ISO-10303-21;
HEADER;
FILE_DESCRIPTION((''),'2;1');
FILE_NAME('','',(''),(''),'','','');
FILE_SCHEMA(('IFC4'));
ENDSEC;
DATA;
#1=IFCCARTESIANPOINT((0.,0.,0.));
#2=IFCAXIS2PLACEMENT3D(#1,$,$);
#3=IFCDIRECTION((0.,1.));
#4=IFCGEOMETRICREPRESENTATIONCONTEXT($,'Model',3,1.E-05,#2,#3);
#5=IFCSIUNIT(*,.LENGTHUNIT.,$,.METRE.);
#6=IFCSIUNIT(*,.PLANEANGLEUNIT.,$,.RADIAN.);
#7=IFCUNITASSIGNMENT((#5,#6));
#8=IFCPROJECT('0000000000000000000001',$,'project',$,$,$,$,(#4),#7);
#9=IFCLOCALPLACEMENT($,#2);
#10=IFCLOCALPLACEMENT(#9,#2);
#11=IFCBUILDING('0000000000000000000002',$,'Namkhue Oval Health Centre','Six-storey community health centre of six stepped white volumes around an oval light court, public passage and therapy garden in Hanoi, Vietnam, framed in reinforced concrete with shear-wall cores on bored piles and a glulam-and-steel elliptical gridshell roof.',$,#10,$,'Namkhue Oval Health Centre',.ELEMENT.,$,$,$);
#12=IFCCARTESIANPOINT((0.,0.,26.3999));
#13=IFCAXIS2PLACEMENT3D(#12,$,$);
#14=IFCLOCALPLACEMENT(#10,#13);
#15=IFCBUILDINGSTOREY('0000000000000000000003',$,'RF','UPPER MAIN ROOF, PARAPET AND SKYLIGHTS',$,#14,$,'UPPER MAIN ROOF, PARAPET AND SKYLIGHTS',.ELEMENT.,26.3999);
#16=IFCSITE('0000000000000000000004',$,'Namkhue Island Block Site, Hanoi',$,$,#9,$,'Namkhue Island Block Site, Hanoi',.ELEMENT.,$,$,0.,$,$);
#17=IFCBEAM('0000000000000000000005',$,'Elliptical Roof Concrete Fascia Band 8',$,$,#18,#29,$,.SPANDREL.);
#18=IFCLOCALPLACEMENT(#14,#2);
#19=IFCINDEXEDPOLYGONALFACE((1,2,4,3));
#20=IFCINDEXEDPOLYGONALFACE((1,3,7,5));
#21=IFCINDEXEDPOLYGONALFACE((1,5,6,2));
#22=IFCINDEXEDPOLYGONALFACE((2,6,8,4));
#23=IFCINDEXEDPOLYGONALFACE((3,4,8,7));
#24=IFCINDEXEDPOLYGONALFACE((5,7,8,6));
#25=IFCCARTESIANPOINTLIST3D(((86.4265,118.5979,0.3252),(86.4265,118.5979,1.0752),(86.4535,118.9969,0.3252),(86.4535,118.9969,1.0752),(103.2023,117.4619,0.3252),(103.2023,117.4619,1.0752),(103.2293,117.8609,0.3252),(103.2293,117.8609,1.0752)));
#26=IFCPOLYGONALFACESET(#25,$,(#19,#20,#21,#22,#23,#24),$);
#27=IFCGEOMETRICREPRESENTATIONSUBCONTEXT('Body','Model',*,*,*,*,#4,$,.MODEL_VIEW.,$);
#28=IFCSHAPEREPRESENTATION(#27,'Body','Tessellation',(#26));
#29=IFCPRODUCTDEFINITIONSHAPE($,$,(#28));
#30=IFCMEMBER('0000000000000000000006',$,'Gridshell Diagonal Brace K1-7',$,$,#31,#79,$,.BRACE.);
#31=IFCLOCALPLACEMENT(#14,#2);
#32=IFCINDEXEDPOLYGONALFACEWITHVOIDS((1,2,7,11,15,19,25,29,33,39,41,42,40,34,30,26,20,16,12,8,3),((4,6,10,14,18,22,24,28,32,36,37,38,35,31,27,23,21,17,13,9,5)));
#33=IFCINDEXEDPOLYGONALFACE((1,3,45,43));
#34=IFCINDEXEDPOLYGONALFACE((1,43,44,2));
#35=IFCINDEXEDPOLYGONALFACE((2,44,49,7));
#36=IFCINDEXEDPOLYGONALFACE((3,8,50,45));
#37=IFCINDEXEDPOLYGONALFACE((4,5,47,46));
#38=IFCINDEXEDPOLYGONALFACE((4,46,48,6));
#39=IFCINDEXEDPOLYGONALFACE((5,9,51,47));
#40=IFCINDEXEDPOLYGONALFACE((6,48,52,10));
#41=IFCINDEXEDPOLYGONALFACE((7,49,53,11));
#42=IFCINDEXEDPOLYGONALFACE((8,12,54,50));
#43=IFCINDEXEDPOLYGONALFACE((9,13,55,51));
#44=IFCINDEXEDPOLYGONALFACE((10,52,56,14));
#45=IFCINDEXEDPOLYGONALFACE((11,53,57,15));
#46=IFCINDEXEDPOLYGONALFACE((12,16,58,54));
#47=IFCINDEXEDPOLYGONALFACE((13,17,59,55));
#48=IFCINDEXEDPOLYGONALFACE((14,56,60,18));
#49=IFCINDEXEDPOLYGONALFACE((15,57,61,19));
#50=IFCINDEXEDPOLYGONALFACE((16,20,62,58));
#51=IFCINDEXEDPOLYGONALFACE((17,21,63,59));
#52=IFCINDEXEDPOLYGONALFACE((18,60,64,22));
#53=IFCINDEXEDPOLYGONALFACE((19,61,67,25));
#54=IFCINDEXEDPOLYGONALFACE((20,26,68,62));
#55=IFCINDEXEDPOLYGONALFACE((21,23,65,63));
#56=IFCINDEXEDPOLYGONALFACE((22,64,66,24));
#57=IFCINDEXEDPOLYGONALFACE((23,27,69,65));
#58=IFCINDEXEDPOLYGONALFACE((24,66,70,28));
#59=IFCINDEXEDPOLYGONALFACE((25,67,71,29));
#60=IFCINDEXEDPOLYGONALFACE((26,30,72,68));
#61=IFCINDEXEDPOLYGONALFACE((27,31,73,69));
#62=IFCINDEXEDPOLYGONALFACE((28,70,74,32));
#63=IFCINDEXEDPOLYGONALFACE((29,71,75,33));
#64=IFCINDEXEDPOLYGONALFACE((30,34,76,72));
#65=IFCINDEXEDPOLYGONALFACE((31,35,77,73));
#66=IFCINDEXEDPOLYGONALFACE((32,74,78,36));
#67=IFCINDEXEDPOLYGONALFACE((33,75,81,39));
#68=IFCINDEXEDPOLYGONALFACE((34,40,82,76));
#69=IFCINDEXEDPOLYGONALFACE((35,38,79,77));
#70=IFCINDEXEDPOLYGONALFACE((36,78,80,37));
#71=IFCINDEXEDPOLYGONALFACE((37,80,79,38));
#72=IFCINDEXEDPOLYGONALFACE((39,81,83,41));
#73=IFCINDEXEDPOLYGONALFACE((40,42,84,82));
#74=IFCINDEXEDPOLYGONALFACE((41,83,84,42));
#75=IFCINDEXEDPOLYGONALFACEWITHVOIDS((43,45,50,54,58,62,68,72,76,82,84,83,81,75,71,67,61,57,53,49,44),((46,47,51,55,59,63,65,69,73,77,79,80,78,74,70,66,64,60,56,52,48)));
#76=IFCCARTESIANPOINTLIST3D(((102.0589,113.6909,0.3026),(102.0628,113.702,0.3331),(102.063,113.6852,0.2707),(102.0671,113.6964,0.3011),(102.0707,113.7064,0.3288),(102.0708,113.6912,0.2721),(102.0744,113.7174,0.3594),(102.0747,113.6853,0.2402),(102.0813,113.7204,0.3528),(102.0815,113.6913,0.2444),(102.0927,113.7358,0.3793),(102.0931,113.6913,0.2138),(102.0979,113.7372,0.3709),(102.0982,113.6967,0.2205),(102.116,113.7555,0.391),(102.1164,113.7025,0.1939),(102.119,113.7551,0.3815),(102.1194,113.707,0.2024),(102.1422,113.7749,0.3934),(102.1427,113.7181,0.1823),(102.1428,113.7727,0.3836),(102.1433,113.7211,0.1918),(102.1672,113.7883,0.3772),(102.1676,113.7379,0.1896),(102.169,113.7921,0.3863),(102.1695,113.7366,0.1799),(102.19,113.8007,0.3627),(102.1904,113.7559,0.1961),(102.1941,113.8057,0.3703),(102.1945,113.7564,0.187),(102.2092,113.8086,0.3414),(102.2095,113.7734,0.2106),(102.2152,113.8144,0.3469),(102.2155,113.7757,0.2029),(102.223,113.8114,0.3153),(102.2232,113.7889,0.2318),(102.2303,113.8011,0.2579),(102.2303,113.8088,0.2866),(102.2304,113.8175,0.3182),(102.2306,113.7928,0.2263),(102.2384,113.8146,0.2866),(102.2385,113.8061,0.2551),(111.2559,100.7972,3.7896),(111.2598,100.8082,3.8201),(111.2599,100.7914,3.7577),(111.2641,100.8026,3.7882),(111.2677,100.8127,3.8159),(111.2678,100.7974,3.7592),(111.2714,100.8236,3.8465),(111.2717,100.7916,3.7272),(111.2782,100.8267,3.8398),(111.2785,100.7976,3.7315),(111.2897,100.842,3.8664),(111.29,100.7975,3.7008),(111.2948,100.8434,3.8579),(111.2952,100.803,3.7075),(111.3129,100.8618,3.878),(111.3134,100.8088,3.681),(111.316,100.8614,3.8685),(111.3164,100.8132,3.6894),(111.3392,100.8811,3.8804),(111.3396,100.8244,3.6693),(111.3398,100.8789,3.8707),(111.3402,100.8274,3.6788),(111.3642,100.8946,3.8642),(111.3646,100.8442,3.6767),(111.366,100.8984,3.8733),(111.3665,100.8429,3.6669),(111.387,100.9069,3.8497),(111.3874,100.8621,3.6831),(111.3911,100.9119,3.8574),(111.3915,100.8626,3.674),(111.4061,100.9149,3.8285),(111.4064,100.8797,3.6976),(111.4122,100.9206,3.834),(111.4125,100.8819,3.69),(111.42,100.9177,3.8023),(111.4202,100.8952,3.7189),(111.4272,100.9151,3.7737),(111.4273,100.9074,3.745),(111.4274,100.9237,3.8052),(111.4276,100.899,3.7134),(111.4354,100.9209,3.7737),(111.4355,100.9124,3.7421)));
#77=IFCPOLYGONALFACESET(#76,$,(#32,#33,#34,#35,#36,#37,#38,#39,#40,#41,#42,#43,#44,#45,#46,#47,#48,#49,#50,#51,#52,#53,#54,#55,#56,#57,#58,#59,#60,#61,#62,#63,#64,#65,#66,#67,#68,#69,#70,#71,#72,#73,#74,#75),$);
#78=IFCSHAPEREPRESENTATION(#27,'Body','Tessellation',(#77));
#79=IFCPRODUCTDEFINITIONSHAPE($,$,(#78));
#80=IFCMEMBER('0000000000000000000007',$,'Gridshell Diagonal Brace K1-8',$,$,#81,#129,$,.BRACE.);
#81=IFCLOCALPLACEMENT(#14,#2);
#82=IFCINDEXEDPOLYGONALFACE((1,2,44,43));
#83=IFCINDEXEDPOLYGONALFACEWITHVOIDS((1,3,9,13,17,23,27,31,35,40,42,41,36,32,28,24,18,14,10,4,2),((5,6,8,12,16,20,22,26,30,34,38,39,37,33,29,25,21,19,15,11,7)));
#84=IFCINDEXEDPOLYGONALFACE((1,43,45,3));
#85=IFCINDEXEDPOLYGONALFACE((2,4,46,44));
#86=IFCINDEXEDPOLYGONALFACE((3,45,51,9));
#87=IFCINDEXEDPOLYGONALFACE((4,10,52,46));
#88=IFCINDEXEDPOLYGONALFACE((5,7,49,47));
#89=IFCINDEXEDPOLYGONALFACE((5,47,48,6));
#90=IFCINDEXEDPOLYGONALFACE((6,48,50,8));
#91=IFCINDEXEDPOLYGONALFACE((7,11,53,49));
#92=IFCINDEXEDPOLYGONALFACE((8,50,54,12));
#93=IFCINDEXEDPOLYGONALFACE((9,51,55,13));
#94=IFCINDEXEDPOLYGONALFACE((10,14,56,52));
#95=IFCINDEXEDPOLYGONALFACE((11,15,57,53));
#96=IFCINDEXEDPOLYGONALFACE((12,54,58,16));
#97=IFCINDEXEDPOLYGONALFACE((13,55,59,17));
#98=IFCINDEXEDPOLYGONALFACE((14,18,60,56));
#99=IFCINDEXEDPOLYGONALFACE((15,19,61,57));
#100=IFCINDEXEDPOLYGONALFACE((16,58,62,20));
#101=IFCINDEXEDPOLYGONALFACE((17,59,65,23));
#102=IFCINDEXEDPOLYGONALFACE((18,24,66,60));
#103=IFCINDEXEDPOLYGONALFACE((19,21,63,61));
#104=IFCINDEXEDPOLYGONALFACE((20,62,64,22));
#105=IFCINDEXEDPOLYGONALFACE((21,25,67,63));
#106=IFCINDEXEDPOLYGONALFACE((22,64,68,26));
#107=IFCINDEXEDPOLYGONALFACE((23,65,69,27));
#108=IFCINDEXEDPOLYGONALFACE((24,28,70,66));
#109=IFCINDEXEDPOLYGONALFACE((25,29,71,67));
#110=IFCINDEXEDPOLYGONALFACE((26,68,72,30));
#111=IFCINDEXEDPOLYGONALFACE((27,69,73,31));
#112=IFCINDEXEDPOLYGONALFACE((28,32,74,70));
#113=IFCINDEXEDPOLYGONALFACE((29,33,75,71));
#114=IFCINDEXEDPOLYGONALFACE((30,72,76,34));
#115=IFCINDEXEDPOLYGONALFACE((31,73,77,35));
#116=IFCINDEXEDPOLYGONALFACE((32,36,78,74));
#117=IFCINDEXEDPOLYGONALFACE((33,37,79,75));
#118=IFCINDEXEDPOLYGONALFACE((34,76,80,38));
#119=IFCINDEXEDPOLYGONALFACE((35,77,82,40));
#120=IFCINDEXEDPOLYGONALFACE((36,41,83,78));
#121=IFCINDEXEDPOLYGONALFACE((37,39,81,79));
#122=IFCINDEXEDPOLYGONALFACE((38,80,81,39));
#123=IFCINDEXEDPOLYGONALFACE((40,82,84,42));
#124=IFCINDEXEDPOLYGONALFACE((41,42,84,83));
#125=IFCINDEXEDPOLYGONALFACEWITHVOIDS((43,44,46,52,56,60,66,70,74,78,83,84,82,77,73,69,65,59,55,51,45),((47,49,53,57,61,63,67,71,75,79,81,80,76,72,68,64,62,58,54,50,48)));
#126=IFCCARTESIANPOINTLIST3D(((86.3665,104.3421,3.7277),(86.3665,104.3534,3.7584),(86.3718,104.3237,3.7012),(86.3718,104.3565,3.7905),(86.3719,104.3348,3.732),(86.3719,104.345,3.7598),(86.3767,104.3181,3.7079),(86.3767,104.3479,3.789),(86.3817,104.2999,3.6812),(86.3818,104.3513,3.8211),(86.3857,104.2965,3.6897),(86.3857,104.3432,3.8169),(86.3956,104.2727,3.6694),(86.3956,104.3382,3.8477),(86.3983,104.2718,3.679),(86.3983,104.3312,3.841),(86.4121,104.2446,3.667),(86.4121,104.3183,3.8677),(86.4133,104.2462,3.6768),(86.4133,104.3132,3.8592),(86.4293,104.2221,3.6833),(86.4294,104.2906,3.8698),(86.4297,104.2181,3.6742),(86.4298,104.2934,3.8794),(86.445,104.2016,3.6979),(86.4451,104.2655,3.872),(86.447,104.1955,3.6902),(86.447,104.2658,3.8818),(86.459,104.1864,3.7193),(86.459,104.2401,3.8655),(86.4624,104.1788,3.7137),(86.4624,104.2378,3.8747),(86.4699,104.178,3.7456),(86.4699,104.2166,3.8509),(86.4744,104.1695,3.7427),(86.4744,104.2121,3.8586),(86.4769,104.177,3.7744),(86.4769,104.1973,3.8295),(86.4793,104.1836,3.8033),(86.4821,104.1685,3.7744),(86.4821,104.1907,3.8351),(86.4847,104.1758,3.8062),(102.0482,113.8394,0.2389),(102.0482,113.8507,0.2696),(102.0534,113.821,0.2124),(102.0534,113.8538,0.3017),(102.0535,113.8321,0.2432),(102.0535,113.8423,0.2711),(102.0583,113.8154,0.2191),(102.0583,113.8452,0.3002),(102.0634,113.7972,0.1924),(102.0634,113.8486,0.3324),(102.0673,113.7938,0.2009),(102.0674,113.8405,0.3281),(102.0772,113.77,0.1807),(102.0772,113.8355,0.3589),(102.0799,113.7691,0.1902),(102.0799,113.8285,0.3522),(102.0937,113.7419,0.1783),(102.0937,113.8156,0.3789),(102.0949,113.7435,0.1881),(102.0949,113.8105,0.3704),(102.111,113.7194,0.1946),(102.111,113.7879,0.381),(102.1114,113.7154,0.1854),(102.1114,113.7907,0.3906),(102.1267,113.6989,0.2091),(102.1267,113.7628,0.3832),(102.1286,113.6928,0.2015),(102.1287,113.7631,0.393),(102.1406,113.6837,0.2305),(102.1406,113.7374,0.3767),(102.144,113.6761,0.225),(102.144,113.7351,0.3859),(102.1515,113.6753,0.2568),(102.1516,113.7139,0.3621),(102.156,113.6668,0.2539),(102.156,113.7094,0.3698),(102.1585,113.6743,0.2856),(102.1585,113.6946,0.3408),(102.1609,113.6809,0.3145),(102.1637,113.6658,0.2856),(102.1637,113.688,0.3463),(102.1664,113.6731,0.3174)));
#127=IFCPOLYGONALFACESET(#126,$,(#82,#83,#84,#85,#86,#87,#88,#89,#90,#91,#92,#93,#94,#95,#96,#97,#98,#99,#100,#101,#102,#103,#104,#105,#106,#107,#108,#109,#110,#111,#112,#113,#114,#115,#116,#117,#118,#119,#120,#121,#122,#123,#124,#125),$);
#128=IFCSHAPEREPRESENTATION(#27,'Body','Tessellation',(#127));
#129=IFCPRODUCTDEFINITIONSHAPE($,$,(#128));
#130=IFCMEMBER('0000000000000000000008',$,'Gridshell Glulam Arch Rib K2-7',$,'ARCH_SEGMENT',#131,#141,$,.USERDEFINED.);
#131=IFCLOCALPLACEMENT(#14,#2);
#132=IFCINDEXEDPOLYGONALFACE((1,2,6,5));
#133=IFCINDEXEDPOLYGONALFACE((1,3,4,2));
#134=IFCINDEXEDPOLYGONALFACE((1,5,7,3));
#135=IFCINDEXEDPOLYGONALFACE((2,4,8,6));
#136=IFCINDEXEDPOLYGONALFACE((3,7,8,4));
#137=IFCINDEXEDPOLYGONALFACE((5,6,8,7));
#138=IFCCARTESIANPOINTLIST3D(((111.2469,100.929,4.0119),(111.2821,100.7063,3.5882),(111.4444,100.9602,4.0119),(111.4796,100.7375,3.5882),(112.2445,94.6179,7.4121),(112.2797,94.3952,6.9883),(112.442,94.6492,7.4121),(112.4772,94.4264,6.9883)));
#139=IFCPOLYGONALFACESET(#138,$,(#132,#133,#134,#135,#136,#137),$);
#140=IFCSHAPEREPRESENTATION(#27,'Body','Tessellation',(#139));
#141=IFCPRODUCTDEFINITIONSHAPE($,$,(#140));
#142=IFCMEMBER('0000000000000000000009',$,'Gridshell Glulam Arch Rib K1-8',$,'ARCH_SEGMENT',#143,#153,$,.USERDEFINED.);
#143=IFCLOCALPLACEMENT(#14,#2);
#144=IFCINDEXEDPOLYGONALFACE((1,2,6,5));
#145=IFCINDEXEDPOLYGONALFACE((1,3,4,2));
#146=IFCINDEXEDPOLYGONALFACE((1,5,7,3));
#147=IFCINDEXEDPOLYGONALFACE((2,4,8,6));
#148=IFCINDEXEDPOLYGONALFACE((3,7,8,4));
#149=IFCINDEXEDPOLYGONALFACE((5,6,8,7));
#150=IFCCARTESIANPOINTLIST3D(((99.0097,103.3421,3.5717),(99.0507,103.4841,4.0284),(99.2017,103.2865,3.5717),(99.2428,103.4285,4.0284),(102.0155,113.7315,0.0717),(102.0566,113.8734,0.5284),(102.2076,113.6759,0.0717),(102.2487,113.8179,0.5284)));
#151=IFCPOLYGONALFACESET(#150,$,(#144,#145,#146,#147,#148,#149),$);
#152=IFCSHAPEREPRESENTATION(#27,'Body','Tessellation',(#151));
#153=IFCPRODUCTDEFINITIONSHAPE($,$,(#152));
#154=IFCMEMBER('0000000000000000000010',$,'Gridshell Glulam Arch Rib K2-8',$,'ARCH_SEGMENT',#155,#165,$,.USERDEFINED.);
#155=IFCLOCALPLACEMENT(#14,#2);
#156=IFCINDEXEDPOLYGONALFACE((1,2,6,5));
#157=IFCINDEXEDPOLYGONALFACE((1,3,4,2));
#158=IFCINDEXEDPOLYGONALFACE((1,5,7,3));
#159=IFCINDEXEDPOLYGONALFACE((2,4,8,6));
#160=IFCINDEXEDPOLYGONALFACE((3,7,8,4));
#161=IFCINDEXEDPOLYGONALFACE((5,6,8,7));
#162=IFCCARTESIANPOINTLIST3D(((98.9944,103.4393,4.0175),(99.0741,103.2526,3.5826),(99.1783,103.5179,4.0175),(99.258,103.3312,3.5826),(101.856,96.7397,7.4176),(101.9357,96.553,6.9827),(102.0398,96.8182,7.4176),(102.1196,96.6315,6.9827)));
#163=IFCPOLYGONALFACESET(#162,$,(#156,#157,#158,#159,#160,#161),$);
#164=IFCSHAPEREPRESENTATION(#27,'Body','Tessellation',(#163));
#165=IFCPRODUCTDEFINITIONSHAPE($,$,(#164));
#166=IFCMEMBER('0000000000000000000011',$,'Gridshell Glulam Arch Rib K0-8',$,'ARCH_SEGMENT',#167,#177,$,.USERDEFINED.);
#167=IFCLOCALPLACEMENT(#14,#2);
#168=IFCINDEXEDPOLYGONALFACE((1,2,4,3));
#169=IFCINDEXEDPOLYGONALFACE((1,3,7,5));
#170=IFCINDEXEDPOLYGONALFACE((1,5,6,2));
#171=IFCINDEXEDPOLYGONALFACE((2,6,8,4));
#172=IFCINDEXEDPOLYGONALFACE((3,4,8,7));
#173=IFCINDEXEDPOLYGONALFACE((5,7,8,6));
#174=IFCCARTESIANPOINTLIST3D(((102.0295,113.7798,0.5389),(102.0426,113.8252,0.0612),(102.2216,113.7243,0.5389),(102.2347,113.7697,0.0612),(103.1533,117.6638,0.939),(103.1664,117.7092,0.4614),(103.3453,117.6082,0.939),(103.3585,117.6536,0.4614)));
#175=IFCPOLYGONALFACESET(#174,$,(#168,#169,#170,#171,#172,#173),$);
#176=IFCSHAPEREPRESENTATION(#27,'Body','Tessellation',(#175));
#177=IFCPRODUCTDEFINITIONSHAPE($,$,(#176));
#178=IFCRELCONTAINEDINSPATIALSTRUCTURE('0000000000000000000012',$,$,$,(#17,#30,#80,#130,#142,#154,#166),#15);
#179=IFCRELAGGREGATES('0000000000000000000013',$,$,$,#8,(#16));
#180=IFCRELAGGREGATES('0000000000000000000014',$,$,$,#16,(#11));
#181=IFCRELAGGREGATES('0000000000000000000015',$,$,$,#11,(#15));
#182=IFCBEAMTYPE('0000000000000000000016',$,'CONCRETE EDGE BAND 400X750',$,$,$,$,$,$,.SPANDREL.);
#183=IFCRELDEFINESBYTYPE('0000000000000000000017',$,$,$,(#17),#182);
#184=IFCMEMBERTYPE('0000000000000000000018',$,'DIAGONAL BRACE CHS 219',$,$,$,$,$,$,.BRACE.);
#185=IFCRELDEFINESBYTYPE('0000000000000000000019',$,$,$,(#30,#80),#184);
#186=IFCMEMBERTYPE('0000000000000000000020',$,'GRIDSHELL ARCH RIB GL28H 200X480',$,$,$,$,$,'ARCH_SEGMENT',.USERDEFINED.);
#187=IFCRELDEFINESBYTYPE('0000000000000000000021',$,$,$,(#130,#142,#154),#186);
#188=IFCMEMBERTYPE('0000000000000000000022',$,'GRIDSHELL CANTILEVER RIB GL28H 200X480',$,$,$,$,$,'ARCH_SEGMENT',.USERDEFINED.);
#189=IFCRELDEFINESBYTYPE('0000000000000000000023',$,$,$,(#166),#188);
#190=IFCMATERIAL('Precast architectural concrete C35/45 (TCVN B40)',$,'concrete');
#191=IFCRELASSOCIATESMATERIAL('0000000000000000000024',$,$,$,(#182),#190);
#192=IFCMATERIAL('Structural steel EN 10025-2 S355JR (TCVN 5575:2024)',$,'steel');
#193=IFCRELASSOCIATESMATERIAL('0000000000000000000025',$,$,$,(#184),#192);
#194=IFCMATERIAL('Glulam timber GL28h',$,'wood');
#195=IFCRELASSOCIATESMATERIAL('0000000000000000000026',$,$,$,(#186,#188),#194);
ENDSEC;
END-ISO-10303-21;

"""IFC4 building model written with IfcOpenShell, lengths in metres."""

from ifc_helpers import new_model, si_unit, direction, frame, origin, origin_2d, place, context, subcontext, project, spatial, rectangle, hollow_circle, extrude, material, material_profile, profile_set, type_object, element, save


model = new_model("IFC4")

# Units and contexts
model_context = context("Model", 3, precision=1e-05, world=origin(), true_north=direction((0.0, 1.0)))
body_context = subcontext(model_context, "Body", "Model", "MODEL_VIEW")
ifc_project = project(units=[si_unit("LENGTHUNIT", "METRE"), si_unit("PLANEANGLEUNIT", "RADIAN")], contexts=[model_context])

# Site, building, storey
site_placement = place(None, origin())
site = spatial("IfcSite", under=ifc_project, at=site_placement, Name="Namkhue Island Block Site, Hanoi", LongName="Namkhue Island Block Site, Hanoi", CompositionType="ELEMENT", RefElevation=0.0)
building_placement = place(site_placement, origin())
building = spatial("IfcBuilding", under=site, at=building_placement, Name="Namkhue Oval Health Centre", Description="Six-storey community health centre of six stepped white volumes around an oval light court, public passage and therapy garden in Hanoi, Vietnam, framed in reinforced concrete with shear-wall cores on bored piles and a glulam-and-steel elliptical gridshell roof.", LongName="Namkhue Oval Health Centre", CompositionType="ELEMENT")
storey_placement = place(building_placement, frame((0.0, 0.0, 26.3999)))
storey = spatial("IfcBuildingStorey", under=building, at=storey_placement, Name="RF", Description="UPPER MAIN ROOF, PARAPET AND SKYLIGHTS", LongName="UPPER MAIN ROOF, PARAPET AND SKYLIGHTS", CompositionType="ELEMENT", Elevation=26.3999)

# Beam
ifc_material_1 = material(Name="Precast architectural concrete C35/45 (TCVN B40)", Category="concrete")
ifc_material_profile_1 = material_profile(ifc_material_1, rectangle(XDim=0.3999, YDim=0.75, at=origin_2d()), Name="RC 400x750")
ifc_profile_set_1 = profile_set([ifc_material_profile_1], Name="Precast architectural concrete C35/45 (TCVN B40)")
beam_type = type_object("IfcBeamType", Name="CONCRETE EDGE BAND 400X750", PredefinedType="SPANDREL", material=ifc_profile_set_1)
beam_placement = place(storey_placement, frame((103.2158, 117.6614, 0.7002), z_axis=(-0.997715, 0.067561, 0.0), x_axis=(-0.067561, -0.997715, 0.0)))
element("IfcBeam", 1, at=beam_placement, inside=storey, type_object=beam_type, Name="Elliptical Roof Concrete Fascia Band 8", PredefinedType="SPANDREL", context=body_context, shape_type="SweptSolid", body=[
    extrude(rectangle(XDim=0.3999, YDim=0.75, at=origin_2d()), origin(), (0.0, 0.0, 1.0), 16.8142),
])

# Members
ifc_material_2 = material(Name="Structural steel EN 10025-2 S355JR (TCVN 5575:2024)", Category="steel")
ifc_material_profile_2 = material_profile(ifc_material_2, hollow_circle(Radius=0.1096, WallThickness=0.01, at=origin_2d()), Name="CHS 219.1x10")
ifc_profile_set_2 = profile_set([ifc_material_profile_2], Name="Structural steel EN 10025-2 S355JR (TCVN 5575:2024)")
member_type_1 = type_object("IfcMemberType", Name="DIAGONAL BRACE CHS 219", PredefinedType="BRACE", material=ifc_profile_set_2)
member_1_placement = place(storey_placement, frame((102.1492, 113.751, 0.2866), z_axis=(0.567118, -0.795073, 0.215023), x_axis=(0.814117, 0.580701, 0.0)))
element("IfcMember", 2, at=member_1_placement, inside=storey, type_object=member_type_1, Name="Gridshell Diagonal Brace K1-7", PredefinedType="BRACE", context=body_context, shape_type="SweptSolid", body=[
    extrude(hollow_circle(Radius=0.1096, WallThickness=0.01, at=origin_2d()), origin(), (0.0, 0.0, 1.0), 16.217),
])
member_2_placement = place(storey_placement, frame((102.1069, 113.7595, 0.2856), z_axis=(-0.840281, -0.508902, 0.186941), x_axis=(0.518034, -0.85536, 0.0)))
element("IfcMember", 3, at=member_2_placement, inside=storey, type_object=member_type_1, Name="Gridshell Diagonal Brace K1-8", PredefinedType="BRACE", context=body_context, shape_type="SweptSolid", body=[
    extrude(hollow_circle(Radius=0.1096, WallThickness=0.01, at=origin_2d()), origin(), (0.0, 0.0, 1.0), 18.6624),
])
ifc_material_3 = material(Name="Glulam timber GL28h", Category="wood")
ifc_material_profile_3 = material_profile(ifc_material_3, rectangle(XDim=0.2, YDim=0.48, at=origin_2d()), Name="GL28h 200x480")
ifc_profile_set_3 = profile_set([ifc_material_profile_3], Name="Glulam timber GL28h")
member_type_2 = type_object("IfcMemberType", Name="GRIDSHELL ARCH RIB GL28H 200X480", ElementType="ARCH_SEGMENT", PredefinedType="USERDEFINED", material=ifc_profile_set_3)
member_3_placement = place(storey_placement, frame((111.3633, 100.8333, 3.8), z_axis=(0.137827, -0.871959, 0.469778), x_axis=(0.987737, 0.156127, 0.0)))
element("IfcMember", 4, at=member_3_placement, inside=storey, type_object=member_type_2, Name="Gridshell Glulam Arch Rib K2-7", ObjectType="ARCH_SEGMENT", PredefinedType="USERDEFINED", context=body_context, shape_type="SweptSolid", body=[
    extrude(rectangle(XDim=0.2, YDim=0.48, at=origin_2d()), origin(), (0.0, 0.0, 1.0), 7.2378),
])
member_4_placement = place(storey_placement, frame((102.1321, 113.7747, 0.3), z_axis=(-0.264421, -0.91394, 0.30789), x_axis=(0.960604, -0.277922, 0.0)))
element("IfcMember", 5, at=member_4_placement, inside=storey, type_object=member_type_2, Name="Gridshell Glulam Arch Rib K1-8", ObjectType="ARCH_SEGMENT", PredefinedType="USERDEFINED", context=body_context, shape_type="SweptSolid", body=[
    extrude(rectangle(XDim=0.2, YDim=0.48, at=origin_2d()), origin(), (0.0, 0.0, 1.0), 11.3677),
])
member_5_placement = place(storey_placement, frame((99.1262, 103.3853, 3.8), z_axis=(0.355933, -0.833335, 0.422923), x_axis=(0.919628, 0.392791, 0.0)))
element("IfcMember", 6, at=member_5_placement, inside=storey, type_object=member_type_2, Name="Gridshell Glulam Arch Rib K2-8", ObjectType="ARCH_SEGMENT", PredefinedType="USERDEFINED", context=body_context, shape_type="SweptSolid", body=[
    extrude(rectangle(XDim=0.2, YDim=0.48, at=origin_2d()), origin(), (0.0, 0.0, 1.0), 8.0396),
])
ifc_material_profile_4 = material_profile(ifc_material_3, rectangle(XDim=0.2, YDim=0.48, at=origin_2d()), Name="GL28h 200x480")
ifc_profile_set_4 = profile_set([ifc_material_profile_4], Name="Glulam timber GL28h")
member_type_3 = type_object("IfcMemberType", Name="GRIDSHELL CANTILEVER RIB GL28H 200X480", ElementType="ARCH_SEGMENT", PredefinedType="USERDEFINED", material=ifc_profile_set_4)
member_6_placement = place(storey_placement, frame((103.2559, 117.6587, 0.7002), z_axis=(-0.276582, -0.955931, -0.098483), x_axis=(0.9606, -0.277933, 0.0)))
element("IfcMember", 7, at=member_6_placement, inside=storey, type_object=member_type_3, Name="Gridshell Glulam Arch Rib K0-8", ObjectType="ARCH_SEGMENT", PredefinedType="USERDEFINED", context=body_context, shape_type="SweptSolid", body=[
    extrude(rectangle(XDim=0.2, YDim=0.48, at=origin_2d()), origin(), (0.0, 0.0, 1.0), 4.063),
])

save(model, "model.ifc")
